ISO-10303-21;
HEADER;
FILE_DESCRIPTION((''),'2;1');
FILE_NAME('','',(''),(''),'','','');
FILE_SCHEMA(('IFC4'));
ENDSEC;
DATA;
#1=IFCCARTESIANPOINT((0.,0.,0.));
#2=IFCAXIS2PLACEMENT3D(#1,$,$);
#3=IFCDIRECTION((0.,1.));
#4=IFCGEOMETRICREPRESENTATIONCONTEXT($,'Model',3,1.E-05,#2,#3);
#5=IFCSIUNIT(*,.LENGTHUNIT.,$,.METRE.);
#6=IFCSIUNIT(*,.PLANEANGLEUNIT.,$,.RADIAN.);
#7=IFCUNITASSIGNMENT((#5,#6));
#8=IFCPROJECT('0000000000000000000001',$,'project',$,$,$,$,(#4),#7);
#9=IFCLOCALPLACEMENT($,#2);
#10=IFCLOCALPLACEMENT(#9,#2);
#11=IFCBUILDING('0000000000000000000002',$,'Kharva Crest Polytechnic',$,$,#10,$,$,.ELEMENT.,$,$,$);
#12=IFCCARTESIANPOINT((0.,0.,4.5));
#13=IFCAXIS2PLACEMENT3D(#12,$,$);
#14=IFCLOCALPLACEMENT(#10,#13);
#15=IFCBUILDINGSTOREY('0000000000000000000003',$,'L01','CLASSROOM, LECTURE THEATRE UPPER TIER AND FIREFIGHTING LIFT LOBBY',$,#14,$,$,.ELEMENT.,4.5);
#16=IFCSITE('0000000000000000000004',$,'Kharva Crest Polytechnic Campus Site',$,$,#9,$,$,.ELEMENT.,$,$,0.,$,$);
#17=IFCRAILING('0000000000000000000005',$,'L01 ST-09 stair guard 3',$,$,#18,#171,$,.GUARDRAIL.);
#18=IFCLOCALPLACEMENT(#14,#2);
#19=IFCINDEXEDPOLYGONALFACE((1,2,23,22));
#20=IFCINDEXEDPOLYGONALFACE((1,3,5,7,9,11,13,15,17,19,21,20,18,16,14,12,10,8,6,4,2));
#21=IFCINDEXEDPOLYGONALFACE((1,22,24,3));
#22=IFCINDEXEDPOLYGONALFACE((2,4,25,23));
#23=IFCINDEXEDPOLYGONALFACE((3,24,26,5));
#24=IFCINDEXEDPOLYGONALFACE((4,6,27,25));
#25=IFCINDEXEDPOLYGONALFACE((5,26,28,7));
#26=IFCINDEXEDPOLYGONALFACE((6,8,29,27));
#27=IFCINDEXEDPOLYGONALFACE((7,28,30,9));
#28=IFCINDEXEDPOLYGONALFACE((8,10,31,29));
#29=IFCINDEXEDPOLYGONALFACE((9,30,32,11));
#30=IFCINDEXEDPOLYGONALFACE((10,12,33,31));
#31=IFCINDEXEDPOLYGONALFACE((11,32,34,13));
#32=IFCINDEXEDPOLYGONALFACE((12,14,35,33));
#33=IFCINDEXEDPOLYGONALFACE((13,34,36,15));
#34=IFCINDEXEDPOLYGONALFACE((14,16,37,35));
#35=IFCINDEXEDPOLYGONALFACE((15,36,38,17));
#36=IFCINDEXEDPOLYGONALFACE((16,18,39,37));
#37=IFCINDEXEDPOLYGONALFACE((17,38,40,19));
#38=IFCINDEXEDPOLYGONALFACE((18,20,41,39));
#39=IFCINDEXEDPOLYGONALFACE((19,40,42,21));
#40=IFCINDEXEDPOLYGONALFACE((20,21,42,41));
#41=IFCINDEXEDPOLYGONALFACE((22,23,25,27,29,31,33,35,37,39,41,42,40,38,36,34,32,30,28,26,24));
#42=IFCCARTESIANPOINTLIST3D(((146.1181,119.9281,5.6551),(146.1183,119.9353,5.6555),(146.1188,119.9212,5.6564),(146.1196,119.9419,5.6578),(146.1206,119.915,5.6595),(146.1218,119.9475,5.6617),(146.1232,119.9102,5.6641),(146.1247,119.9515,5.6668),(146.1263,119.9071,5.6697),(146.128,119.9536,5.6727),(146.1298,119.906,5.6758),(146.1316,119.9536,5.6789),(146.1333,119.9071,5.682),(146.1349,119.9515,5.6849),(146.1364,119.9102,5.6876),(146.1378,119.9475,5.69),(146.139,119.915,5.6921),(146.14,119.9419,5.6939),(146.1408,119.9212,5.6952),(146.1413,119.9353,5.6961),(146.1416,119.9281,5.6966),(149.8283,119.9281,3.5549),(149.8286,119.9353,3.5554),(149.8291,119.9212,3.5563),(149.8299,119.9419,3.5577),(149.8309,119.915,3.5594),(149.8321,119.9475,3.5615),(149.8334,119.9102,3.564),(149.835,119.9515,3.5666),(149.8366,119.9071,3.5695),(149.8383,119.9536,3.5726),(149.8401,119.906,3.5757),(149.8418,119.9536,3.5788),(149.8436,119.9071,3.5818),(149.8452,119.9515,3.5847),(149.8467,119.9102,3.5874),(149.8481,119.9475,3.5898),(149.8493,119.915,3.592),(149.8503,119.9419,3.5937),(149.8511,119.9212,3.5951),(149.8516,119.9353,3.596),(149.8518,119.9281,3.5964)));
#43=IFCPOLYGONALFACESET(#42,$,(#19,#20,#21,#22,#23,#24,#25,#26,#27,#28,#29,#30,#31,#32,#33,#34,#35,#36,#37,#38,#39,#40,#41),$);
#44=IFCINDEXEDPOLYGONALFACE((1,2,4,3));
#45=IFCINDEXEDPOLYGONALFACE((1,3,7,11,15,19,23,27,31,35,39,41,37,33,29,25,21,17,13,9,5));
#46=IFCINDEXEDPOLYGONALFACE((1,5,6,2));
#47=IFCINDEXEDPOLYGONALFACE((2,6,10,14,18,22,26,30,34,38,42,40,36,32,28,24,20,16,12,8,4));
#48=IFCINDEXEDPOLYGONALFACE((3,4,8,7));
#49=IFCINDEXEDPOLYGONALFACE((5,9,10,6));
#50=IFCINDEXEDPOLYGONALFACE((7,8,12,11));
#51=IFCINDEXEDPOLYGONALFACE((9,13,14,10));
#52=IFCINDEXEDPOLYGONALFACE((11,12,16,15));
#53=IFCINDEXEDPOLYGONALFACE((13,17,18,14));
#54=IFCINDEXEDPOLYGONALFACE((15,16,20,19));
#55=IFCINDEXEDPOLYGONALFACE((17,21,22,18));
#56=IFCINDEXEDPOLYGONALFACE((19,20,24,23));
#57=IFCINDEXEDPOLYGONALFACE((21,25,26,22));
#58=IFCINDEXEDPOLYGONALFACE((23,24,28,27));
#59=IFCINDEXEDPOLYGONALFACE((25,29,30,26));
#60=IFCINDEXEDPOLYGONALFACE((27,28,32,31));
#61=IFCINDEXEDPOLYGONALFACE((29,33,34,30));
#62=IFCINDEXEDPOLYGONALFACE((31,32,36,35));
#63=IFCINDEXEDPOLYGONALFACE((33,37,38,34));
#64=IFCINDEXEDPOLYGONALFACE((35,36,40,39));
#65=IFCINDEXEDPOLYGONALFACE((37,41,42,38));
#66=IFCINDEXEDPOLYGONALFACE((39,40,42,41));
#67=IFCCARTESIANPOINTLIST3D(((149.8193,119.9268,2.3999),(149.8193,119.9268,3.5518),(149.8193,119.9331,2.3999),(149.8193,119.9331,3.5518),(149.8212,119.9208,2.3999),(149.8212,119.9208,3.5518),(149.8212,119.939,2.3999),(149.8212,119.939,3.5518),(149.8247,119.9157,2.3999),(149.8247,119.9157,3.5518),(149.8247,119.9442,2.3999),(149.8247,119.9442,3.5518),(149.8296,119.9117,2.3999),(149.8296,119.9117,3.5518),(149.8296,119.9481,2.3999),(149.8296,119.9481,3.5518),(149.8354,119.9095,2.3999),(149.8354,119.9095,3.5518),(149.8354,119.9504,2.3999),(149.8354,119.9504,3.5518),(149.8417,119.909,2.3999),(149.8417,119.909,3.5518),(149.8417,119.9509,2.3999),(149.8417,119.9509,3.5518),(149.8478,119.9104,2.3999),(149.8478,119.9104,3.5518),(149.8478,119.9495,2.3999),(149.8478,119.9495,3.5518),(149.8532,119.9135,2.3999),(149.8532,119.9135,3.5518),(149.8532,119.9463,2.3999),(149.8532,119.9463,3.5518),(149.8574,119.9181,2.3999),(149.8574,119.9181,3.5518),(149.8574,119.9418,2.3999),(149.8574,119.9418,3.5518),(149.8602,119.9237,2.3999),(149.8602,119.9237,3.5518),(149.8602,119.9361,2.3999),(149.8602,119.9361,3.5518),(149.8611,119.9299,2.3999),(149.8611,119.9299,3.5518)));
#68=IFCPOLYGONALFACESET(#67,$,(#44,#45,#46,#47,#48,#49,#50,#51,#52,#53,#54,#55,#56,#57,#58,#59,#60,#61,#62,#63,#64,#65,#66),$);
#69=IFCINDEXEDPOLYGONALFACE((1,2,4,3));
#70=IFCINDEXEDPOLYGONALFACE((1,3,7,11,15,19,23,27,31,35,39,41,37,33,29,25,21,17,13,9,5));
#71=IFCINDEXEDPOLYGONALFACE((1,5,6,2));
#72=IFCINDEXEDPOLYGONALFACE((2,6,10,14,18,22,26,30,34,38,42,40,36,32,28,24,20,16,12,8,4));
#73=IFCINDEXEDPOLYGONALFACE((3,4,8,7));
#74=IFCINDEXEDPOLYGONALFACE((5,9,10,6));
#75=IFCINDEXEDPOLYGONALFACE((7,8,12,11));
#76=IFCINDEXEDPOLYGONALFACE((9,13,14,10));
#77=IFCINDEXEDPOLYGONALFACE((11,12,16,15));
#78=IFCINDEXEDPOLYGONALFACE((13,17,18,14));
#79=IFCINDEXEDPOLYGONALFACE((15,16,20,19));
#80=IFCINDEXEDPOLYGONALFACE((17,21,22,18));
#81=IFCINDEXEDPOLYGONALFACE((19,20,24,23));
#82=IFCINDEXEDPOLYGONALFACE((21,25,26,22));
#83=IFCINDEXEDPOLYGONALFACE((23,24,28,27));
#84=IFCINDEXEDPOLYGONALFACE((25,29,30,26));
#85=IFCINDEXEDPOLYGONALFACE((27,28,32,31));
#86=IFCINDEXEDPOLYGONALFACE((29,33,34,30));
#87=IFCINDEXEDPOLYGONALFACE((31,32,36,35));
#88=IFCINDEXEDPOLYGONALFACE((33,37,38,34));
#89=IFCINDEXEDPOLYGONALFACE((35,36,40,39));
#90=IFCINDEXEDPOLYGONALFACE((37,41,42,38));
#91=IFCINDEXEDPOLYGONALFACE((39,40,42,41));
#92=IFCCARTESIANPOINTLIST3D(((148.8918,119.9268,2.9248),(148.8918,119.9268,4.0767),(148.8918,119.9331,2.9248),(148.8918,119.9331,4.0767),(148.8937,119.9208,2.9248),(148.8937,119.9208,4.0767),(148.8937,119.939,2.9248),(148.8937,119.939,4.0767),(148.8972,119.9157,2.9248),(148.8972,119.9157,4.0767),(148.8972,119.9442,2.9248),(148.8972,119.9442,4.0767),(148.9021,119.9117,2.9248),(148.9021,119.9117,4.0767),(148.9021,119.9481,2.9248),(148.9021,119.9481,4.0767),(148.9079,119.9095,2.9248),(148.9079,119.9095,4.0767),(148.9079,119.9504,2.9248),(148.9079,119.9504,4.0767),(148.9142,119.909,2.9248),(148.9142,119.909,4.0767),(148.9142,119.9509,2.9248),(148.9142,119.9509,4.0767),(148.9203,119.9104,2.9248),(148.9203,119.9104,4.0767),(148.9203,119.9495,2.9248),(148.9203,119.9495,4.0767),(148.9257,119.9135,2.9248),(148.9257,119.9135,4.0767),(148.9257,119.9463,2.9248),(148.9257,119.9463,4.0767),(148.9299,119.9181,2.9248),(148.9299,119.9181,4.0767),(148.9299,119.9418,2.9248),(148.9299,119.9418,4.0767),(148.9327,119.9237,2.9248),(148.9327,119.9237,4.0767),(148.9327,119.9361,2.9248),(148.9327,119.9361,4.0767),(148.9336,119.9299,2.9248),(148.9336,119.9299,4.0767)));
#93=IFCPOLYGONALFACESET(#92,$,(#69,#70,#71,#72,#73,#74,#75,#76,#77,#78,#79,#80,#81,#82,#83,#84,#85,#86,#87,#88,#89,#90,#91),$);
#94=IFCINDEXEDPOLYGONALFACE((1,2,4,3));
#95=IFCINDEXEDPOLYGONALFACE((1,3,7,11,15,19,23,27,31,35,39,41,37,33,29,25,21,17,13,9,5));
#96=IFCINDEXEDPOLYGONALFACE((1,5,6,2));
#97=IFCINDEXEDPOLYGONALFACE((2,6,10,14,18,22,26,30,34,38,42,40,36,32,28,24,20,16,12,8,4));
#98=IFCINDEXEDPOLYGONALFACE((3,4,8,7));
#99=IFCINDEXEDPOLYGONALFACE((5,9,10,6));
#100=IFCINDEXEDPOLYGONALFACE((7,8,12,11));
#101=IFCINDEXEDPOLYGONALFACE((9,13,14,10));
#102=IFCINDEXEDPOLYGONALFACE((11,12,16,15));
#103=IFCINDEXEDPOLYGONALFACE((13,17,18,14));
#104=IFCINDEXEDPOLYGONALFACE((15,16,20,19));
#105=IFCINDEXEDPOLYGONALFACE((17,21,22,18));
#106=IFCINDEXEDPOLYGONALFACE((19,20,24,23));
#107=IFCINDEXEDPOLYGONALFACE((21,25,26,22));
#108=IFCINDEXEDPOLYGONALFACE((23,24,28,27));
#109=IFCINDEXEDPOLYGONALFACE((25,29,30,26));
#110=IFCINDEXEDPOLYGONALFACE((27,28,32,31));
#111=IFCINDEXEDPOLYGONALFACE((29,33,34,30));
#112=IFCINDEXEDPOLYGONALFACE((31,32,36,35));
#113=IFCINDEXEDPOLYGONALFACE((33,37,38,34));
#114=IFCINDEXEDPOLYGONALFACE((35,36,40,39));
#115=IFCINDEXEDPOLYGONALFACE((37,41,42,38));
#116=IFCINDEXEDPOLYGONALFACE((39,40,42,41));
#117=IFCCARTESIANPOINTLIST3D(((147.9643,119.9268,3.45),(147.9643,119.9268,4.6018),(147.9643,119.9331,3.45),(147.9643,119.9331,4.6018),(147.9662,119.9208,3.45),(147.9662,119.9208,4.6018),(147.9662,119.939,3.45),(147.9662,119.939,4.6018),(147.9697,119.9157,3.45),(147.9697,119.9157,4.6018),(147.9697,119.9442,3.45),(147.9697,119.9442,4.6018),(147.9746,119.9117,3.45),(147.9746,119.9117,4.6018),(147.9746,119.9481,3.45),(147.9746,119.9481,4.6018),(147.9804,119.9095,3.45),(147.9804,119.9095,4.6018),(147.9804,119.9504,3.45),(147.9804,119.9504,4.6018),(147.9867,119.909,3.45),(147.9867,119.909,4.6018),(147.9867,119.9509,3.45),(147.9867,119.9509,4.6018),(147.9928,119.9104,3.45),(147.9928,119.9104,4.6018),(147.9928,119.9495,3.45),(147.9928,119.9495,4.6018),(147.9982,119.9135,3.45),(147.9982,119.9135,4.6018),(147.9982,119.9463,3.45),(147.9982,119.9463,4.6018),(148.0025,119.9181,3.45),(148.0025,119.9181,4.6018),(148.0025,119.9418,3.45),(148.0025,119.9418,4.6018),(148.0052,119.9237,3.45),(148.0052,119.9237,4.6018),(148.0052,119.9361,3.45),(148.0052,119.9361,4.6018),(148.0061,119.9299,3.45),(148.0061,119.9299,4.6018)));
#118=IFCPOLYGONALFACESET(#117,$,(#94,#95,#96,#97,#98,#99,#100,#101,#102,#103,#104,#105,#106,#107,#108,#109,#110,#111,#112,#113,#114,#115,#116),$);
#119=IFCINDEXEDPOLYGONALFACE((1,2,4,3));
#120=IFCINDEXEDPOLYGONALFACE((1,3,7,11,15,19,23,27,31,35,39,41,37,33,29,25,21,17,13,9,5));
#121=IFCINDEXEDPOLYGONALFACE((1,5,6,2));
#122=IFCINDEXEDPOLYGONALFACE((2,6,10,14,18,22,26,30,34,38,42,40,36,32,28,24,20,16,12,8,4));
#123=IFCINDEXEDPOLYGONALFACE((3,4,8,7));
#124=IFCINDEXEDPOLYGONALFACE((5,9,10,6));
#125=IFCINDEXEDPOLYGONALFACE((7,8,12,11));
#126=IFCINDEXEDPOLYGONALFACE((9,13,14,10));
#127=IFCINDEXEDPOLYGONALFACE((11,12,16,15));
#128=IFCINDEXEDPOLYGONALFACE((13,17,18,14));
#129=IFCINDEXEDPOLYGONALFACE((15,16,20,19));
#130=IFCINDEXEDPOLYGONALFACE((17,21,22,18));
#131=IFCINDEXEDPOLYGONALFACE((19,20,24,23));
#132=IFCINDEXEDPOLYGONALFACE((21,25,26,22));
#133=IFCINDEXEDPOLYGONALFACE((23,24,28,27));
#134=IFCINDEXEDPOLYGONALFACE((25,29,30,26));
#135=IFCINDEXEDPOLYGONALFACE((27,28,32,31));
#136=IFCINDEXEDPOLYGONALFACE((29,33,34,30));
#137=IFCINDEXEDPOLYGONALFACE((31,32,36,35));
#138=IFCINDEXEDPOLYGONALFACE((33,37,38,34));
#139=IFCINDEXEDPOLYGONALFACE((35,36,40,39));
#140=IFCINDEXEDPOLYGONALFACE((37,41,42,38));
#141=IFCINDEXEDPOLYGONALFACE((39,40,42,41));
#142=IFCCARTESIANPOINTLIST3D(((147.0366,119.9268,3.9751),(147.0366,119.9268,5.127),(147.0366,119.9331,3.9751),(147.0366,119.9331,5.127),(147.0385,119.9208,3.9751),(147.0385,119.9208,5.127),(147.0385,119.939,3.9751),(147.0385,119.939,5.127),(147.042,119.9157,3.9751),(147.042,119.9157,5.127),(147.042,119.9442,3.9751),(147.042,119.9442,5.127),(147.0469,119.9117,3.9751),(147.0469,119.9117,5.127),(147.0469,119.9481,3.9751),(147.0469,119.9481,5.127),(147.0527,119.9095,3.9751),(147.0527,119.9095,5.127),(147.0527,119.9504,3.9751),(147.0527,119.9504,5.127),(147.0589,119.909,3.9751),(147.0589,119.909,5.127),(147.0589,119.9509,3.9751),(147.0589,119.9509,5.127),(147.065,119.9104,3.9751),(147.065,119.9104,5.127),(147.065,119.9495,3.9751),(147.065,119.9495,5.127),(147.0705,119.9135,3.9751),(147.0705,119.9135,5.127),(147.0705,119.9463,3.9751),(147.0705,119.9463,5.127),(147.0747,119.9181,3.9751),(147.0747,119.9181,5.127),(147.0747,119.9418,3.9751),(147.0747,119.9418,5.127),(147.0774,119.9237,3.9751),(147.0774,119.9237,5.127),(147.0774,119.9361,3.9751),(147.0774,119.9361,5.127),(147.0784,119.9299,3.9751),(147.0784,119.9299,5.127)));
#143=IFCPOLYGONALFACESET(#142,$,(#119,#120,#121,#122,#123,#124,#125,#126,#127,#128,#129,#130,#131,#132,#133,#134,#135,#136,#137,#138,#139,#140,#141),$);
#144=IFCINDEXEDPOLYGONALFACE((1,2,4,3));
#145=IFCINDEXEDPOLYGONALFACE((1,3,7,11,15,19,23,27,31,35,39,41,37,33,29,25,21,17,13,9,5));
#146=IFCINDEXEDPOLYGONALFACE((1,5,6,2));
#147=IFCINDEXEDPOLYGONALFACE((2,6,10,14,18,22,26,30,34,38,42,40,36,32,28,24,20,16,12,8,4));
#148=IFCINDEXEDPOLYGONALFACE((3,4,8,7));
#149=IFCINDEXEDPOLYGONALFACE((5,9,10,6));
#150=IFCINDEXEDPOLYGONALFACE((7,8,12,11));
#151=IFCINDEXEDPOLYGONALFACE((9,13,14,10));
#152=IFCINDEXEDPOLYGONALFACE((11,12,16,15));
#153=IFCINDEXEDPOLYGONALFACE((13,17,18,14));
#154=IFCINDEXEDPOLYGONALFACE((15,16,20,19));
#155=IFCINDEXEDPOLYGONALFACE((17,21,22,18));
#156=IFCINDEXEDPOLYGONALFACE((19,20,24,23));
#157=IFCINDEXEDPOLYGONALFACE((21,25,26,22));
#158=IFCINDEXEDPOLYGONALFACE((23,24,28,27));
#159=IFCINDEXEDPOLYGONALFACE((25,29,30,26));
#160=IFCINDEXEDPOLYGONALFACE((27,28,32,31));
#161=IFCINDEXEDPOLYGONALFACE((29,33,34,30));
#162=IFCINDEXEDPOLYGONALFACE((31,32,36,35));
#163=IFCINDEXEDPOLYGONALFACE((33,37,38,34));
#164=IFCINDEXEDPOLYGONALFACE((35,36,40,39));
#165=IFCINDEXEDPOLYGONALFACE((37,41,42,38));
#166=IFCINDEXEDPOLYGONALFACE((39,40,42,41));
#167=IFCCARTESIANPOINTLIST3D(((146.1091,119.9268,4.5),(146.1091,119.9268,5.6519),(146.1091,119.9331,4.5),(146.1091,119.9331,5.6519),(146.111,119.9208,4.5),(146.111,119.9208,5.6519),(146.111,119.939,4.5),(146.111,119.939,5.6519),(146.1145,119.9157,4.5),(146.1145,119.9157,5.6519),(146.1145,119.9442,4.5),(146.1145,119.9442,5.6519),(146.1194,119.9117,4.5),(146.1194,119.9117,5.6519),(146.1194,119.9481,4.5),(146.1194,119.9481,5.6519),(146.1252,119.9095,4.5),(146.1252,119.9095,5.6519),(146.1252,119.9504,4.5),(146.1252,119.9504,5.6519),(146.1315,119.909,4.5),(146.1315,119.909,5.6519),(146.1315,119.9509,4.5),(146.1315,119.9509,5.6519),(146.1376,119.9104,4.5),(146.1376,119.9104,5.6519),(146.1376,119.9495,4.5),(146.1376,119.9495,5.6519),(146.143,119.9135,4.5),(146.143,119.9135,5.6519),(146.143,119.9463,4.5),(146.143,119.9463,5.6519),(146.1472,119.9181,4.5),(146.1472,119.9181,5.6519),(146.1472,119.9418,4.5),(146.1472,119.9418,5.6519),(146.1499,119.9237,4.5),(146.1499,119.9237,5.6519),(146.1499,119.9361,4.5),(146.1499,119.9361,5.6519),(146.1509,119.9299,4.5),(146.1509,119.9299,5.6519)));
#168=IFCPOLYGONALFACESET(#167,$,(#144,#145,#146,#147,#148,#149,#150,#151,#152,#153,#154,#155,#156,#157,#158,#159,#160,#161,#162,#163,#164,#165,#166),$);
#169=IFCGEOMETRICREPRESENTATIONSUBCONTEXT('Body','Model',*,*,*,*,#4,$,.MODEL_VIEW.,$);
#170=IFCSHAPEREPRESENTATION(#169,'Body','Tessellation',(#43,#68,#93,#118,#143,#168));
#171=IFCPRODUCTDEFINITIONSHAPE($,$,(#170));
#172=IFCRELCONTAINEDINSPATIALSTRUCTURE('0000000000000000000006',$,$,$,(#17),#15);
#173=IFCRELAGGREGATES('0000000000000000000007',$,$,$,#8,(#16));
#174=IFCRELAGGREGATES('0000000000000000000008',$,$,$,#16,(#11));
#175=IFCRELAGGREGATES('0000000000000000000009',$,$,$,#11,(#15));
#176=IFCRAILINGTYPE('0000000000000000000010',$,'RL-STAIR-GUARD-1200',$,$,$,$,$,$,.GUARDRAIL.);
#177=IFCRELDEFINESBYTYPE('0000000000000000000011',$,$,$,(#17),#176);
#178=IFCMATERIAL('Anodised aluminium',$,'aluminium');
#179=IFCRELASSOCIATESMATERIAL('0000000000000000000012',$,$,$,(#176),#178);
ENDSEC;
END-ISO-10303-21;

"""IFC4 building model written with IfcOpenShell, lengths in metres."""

from ifc_helpers import new_model, si_unit, direction, frame, origin, origin_2d, place, context, subcontext, project, spatial, circle, extrude, material, type_object, element, save


model = new_model("IFC4")

# Units and contexts
model_context = context("Model", 3, precision=1e-05, world=origin(), true_north=direction((0.0, 1.0)))
body_context = subcontext(model_context, "Body", "Model", "MODEL_VIEW")
ifc_project = project(units=[si_unit("LENGTHUNIT", "METRE"), si_unit("PLANEANGLEUNIT", "RADIAN")], contexts=[model_context])

# Site, building, storey
site_placement = place(None, origin())
site = spatial("IfcSite", under=ifc_project, at=site_placement, Name="Kharva Crest Polytechnic Campus Site", CompositionType="ELEMENT", RefElevation=0.0)
building_placement = place(site_placement, origin())
building = spatial("IfcBuilding", under=site, at=building_placement, Name="Kharva Crest Polytechnic", CompositionType="ELEMENT")
storey_placement = place(building_placement, frame((0.0, 0.0, 4.5)))
storey = spatial("IfcBuildingStorey", under=building, at=storey_placement, Name="L01", Description="CLASSROOM, LECTURE THEATRE UPPER TIER AND FIREFIGHTING LIFT LOBBY", CompositionType="ELEMENT", Elevation=4.5)

# Railing
ifc_material_1 = material(Name="Anodised aluminium", Category="aluminium")
railing_type_1 = type_object("IfcRailingType", Name="RL-STAIR-GUARD-1200", PredefinedType="GUARDRAIL", material=ifc_material_1)
railing_1_placement = place(storey_placement, frame((149.8401, 119.9299, 2.3999)))
element("IfcRailing", 1, at=railing_1_placement, inside=storey, type_object=railing_type_1, Name="L01 ST-09 stair guard 3", PredefinedType="GUARDRAIL", context=body_context, shape_type="SweptSolid", body=[
    extrude(circle(Radius=0.0239, at=origin_2d()), frame((0.0, 0.0, 1.1758), z_axis=(-0.870259, 0.0, 0.492595), x_axis=(0.0, -1.0, 0.0)), (0.0, 0.0, 1.0), 4.2634),
    extrude(circle(Radius=0.021, at=origin_2d()), origin(), (0.0, 0.0, 1.0), 1.1519),
    extrude(circle(Radius=0.021, at=origin_2d()), frame((-0.9275, 0.0, 0.5249)), (0.0, 0.0, 1.0), 1.1519),
    extrude(circle(Radius=0.021, at=origin_2d()), frame((-1.855, 0.0, 1.05)), (0.0, 0.0, 1.0), 1.1519),
    extrude(circle(Radius=0.021, at=origin_2d()), frame((-2.7827, 0.0, 1.5752)), (0.0, 0.0, 1.0), 1.1519),
    extrude(circle(Radius=0.021, at=origin_2d()), frame((-3.7102, 0.0, 2.1001)), (0.0, 0.0, 1.0), 1.1519),
])

save(model, "model.ifc")
